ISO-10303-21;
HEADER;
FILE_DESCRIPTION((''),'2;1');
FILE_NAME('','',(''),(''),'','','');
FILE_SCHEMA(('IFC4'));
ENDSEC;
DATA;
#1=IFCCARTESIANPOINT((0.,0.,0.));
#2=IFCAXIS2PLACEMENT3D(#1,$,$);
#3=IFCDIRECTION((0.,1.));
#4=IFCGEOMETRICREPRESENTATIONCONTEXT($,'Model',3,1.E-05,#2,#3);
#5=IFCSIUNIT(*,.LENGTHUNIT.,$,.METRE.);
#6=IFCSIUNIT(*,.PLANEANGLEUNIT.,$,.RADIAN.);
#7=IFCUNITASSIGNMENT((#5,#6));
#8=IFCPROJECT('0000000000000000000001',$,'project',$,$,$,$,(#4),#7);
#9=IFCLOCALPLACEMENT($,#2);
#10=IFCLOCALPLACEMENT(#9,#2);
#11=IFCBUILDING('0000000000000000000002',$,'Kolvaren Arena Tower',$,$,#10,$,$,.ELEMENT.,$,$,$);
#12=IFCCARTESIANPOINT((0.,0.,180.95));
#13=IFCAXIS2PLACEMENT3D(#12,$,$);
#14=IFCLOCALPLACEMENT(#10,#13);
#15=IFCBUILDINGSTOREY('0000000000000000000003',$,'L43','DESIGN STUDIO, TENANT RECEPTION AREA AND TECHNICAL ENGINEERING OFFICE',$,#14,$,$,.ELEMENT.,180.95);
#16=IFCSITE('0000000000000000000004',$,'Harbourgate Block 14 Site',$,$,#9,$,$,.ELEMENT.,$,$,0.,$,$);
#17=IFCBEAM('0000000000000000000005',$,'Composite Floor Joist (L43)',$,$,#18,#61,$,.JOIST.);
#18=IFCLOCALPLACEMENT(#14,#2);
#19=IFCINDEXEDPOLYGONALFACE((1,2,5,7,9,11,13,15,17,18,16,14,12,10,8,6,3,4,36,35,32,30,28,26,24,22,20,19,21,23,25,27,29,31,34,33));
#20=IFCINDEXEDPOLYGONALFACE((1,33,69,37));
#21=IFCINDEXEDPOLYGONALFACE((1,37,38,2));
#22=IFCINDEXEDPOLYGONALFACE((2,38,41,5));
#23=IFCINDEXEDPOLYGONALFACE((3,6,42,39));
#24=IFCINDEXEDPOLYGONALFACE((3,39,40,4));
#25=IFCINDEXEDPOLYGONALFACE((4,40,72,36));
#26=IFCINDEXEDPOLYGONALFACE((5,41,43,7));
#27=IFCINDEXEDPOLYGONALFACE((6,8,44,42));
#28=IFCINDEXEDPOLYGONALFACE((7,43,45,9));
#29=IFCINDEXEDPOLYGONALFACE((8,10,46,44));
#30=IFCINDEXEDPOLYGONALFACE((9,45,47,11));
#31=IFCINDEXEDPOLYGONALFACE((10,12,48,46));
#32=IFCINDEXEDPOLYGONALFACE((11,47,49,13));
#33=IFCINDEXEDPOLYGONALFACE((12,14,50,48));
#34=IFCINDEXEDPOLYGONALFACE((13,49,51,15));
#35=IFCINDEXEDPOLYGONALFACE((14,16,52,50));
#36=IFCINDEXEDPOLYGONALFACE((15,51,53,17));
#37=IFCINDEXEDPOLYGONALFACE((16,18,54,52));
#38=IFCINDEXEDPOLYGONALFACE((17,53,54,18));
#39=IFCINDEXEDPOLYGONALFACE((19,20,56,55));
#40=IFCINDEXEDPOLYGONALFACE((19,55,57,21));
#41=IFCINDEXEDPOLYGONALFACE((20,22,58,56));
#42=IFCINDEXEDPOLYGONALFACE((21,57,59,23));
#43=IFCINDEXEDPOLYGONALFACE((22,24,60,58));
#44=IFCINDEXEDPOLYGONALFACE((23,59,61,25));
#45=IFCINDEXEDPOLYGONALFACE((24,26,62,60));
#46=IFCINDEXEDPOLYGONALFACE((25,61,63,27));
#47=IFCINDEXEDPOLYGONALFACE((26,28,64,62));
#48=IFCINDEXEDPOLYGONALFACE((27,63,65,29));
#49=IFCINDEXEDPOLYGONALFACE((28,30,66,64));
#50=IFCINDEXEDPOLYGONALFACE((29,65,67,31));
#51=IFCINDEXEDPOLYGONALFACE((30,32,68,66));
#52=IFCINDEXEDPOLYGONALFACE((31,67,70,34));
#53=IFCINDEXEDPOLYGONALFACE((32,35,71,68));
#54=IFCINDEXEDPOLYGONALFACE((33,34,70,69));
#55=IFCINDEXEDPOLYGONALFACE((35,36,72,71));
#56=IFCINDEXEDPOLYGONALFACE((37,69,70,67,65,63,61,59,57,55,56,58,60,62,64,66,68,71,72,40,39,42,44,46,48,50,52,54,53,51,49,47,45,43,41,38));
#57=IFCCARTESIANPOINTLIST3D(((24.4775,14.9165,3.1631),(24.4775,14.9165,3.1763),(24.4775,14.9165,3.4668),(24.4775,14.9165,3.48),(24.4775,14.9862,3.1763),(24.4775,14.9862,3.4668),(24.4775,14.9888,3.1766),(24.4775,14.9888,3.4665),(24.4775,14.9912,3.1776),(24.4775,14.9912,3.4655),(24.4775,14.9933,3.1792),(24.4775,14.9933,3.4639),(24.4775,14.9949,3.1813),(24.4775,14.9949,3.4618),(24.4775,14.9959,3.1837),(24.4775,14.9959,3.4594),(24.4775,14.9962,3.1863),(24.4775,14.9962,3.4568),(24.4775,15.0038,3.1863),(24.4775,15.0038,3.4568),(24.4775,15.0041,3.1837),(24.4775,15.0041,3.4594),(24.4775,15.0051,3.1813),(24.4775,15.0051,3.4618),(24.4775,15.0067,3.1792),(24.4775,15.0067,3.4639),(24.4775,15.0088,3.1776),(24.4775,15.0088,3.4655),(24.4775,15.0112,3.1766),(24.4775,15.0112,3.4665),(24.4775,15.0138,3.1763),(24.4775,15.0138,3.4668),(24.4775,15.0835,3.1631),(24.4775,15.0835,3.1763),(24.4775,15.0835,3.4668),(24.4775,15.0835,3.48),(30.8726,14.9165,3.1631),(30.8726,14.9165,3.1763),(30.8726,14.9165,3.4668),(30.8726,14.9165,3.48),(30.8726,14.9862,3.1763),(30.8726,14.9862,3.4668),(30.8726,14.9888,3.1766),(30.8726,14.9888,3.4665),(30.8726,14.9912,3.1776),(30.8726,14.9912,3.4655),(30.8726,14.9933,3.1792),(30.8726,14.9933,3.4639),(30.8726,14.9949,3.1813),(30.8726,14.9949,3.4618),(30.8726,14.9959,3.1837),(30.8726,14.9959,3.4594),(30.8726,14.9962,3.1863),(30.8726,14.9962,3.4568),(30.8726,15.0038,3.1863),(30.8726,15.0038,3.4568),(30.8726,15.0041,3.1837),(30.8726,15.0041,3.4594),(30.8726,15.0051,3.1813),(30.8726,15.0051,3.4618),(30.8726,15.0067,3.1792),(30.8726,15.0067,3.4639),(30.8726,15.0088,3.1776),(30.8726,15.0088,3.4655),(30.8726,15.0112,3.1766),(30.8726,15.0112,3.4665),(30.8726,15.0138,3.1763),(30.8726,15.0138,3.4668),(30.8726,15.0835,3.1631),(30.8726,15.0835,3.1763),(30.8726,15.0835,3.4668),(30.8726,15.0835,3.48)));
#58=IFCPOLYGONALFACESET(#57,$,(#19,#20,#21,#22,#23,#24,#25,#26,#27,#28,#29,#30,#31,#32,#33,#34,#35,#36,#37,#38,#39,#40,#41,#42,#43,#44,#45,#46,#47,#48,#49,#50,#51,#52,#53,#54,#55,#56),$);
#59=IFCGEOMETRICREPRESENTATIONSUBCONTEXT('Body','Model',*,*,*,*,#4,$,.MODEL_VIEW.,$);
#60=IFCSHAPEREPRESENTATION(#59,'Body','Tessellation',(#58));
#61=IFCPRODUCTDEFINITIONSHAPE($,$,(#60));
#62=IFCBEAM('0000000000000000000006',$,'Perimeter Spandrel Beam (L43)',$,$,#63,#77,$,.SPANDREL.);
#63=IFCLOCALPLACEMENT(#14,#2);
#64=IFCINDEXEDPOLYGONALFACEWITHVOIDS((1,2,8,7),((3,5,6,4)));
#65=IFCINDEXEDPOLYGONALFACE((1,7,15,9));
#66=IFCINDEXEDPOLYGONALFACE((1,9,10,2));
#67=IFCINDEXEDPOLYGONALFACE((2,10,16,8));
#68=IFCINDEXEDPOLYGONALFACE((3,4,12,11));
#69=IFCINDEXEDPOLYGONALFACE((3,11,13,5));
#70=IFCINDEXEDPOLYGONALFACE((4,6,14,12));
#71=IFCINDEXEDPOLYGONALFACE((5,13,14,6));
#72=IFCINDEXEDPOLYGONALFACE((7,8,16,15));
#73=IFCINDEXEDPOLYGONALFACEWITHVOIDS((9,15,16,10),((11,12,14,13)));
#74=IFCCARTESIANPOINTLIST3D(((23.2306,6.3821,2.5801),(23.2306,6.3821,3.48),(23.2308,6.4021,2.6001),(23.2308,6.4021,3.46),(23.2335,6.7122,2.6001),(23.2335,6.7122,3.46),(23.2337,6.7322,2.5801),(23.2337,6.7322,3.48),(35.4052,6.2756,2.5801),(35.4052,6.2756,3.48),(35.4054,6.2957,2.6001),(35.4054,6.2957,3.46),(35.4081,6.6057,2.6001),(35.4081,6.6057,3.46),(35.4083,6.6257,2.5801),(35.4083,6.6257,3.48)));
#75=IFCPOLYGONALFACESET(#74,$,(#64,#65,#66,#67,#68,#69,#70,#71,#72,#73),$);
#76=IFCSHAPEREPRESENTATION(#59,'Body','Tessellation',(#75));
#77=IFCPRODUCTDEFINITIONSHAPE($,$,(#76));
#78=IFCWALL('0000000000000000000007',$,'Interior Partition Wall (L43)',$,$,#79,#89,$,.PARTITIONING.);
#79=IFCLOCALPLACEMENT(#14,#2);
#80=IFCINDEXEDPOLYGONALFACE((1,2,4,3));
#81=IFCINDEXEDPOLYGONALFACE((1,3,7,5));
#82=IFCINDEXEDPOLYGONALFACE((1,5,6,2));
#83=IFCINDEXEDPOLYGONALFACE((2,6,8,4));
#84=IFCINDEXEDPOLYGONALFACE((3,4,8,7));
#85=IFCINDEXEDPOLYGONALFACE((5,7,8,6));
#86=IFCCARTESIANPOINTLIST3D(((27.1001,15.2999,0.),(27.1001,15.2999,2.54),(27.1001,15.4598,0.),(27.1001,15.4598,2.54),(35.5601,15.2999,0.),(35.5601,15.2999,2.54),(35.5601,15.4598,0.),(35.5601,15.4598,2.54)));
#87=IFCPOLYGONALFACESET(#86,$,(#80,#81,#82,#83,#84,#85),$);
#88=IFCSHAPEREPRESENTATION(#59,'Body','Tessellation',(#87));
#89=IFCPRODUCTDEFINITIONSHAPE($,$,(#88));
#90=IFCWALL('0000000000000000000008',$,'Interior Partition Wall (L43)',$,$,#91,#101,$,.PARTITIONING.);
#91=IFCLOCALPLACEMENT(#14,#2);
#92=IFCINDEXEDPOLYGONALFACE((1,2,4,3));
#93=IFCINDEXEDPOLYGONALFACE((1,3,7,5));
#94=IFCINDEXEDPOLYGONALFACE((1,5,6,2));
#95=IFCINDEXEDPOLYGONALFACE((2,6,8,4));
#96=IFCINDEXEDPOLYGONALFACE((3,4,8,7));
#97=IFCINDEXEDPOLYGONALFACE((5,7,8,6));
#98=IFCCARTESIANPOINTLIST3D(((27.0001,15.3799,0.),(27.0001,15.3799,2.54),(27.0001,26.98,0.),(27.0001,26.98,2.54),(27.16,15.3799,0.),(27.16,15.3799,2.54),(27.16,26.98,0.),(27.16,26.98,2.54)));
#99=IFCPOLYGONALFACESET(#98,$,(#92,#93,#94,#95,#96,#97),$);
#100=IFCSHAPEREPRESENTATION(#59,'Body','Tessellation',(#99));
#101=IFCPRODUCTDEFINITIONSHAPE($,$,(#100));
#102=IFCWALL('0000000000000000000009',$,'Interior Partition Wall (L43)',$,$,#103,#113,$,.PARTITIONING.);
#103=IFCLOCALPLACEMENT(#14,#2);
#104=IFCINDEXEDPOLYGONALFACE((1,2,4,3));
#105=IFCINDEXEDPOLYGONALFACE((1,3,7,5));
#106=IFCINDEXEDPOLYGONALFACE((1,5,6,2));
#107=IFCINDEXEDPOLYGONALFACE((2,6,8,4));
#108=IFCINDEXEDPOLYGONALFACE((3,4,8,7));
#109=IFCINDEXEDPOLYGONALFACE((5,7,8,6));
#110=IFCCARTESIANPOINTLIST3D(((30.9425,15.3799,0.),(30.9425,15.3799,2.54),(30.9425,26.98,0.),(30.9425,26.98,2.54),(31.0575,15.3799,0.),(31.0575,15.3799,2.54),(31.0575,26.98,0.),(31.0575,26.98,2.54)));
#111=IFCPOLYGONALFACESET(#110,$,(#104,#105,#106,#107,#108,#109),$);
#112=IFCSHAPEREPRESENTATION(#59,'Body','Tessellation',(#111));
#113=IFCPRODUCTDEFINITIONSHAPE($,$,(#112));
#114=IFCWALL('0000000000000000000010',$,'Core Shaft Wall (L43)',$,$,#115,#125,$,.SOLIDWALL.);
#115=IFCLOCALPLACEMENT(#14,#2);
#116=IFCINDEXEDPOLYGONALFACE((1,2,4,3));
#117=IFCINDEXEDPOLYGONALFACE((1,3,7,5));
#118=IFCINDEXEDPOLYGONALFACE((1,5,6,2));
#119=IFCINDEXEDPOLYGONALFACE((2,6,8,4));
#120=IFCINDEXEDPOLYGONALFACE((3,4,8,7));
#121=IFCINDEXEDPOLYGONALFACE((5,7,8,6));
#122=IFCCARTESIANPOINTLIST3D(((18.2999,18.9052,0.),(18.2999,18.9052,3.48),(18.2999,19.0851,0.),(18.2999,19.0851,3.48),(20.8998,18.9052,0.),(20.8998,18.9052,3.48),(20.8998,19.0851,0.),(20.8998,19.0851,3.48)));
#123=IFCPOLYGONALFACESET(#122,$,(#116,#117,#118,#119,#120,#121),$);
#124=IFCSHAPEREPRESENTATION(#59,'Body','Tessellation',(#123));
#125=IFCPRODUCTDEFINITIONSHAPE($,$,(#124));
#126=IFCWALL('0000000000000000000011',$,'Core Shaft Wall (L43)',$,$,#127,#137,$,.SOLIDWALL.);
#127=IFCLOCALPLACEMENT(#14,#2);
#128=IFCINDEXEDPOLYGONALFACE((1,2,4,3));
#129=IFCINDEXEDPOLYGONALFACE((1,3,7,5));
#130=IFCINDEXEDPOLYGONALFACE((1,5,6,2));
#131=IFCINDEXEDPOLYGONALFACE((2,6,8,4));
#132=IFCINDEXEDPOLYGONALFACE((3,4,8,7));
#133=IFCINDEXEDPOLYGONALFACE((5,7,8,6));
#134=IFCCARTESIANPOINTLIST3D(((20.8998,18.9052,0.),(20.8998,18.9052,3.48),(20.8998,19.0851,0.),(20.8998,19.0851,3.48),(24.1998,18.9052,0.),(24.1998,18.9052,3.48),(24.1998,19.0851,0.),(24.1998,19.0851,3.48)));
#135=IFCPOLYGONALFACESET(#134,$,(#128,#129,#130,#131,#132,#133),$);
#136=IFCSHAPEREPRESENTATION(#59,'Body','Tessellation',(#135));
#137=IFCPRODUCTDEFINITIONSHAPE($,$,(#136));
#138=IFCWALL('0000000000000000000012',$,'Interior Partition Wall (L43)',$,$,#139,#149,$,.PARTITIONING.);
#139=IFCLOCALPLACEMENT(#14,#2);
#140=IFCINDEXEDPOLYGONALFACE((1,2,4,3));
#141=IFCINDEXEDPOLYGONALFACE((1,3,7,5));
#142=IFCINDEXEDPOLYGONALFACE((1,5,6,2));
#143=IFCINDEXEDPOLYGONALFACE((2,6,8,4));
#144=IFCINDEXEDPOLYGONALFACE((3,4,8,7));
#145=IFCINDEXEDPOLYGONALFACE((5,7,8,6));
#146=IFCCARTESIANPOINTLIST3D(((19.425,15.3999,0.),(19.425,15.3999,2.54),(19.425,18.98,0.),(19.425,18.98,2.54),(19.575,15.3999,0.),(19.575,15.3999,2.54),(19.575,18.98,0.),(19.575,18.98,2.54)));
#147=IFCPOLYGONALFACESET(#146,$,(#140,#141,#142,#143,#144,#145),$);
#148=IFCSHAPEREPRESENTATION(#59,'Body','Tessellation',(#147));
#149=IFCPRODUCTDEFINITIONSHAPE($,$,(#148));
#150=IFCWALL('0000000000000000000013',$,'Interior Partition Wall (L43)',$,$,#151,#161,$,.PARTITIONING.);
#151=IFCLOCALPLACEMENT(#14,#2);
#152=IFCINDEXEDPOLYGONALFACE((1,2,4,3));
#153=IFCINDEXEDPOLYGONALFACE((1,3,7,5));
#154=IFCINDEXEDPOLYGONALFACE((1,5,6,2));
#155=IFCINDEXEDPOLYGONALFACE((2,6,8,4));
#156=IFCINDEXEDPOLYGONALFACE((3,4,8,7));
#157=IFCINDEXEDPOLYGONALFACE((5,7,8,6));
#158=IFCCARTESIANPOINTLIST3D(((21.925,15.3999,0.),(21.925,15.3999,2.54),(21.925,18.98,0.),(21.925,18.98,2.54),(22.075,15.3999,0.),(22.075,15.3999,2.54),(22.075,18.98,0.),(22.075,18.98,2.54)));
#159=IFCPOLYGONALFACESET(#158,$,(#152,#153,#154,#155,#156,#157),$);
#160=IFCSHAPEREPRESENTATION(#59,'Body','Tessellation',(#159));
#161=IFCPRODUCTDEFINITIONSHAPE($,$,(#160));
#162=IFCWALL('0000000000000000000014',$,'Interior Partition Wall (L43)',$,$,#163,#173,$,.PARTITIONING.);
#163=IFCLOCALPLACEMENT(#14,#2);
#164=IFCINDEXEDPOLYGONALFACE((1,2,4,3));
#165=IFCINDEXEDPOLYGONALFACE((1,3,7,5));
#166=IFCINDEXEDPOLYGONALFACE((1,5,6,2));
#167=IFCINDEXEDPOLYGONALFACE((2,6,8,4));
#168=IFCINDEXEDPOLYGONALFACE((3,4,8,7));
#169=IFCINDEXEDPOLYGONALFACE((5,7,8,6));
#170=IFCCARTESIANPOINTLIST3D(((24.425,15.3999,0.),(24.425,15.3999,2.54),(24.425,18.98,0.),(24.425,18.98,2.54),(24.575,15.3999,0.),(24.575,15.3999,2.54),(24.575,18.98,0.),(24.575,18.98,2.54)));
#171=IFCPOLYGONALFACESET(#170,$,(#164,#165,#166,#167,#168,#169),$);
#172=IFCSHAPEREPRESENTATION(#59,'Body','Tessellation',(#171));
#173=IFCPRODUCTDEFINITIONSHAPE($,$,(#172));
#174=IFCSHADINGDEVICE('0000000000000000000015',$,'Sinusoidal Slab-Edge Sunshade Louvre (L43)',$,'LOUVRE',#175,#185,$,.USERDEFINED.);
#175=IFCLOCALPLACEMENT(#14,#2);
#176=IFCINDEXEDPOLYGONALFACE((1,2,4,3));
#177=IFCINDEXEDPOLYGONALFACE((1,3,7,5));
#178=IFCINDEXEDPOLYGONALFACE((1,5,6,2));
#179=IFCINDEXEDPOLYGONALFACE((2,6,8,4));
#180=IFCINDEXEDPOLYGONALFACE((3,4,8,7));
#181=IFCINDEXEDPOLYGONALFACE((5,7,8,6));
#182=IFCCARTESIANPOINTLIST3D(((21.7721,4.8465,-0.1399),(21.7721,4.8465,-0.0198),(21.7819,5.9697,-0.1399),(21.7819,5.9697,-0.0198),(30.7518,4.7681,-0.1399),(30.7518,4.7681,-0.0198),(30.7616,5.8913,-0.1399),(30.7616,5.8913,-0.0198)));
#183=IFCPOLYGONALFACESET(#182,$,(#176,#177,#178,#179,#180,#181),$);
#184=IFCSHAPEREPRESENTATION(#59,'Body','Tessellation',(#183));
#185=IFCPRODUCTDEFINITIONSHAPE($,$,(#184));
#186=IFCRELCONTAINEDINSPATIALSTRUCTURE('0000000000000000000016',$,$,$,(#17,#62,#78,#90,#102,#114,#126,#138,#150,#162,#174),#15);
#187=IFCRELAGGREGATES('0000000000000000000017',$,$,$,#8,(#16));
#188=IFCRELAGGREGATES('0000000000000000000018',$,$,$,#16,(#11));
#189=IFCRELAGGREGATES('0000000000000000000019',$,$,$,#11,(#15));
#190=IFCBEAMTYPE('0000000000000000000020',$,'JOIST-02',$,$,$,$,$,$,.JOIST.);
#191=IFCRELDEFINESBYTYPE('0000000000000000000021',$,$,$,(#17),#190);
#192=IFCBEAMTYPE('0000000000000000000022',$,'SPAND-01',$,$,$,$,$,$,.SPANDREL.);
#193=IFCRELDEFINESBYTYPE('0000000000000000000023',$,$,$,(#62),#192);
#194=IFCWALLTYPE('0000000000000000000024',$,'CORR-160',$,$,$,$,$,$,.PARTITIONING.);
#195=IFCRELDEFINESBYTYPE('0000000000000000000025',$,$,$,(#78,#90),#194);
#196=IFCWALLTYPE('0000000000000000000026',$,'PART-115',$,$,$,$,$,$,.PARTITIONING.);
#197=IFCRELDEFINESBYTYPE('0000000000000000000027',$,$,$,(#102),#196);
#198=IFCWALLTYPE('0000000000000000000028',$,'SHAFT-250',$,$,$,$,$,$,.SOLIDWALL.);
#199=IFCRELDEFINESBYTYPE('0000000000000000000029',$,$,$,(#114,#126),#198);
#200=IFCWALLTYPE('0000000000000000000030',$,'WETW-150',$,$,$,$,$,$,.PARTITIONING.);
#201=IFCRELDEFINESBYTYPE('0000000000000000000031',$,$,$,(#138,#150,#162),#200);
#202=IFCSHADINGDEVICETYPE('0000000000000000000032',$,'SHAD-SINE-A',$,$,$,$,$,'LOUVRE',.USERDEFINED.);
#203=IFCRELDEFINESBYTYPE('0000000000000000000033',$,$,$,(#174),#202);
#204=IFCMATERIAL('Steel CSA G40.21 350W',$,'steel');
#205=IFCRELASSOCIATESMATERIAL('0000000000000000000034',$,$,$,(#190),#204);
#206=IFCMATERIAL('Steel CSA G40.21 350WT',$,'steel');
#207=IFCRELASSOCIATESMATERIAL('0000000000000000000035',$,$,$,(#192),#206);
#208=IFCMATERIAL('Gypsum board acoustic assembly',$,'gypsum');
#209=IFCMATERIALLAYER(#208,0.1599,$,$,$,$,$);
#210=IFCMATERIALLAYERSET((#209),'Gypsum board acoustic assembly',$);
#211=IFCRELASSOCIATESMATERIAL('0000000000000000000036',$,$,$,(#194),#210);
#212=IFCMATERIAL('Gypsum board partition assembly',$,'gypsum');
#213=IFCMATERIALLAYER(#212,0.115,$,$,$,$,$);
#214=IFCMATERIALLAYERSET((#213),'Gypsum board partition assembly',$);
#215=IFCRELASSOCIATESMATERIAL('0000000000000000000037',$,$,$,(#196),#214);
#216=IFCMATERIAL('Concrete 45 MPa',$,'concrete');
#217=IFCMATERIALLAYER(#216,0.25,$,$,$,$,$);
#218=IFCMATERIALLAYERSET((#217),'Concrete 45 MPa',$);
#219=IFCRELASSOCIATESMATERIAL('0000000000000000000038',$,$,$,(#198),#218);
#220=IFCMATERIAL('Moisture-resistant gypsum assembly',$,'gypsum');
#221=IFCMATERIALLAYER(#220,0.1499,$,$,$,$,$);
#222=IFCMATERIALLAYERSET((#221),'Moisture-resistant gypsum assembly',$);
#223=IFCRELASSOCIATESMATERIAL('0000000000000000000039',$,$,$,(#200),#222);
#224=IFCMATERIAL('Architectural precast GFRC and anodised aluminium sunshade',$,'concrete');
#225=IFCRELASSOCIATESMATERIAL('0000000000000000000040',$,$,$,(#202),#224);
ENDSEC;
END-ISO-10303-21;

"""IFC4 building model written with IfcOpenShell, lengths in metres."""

from ifc_helpers import new_model, si_unit, direction, frame, frame_2d, origin, origin_2d, place, context, subcontext, project, spatial, rectangle, hollow_rectangle, i_section, extrude, material, layer, layer_set, material_profile, profile_set, type_object, element, save


model = new_model("IFC4")

# Units and contexts
model_context = context("Model", 3, precision=1e-05, world=origin(), true_north=direction((0.0, 1.0)))
body_context = subcontext(model_context, "Body", "Model", "MODEL_VIEW")
ifc_project = project(units=[si_unit("LENGTHUNIT", "METRE"), si_unit("PLANEANGLEUNIT", "RADIAN")], contexts=[model_context])

# Site, building, storey
site_placement = place(None, origin())
site = spatial("IfcSite", under=ifc_project, at=site_placement, Name="Harbourgate Block 14 Site", CompositionType="ELEMENT", RefElevation=0.0)
building_placement = place(site_placement, origin())
building = spatial("IfcBuilding", under=site, at=building_placement, Name="Kolvaren Arena Tower", CompositionType="ELEMENT")
storey_placement = place(building_placement, frame((0.0, 0.0, 180.95)))
storey = spatial("IfcBuildingStorey", under=building, at=storey_placement, Name="L43", Description="DESIGN STUDIO, TENANT RECEPTION AREA AND TECHNICAL ENGINEERING OFFICE", CompositionType="ELEMENT", Elevation=180.95)

# Beams
ifc_material_1 = material(Name="Steel CSA G40.21 350W", Category="steel")
ifc_material_profile_1 = material_profile(ifc_material_1, i_section(OverallWidth=0.167, OverallDepth=0.3169, WebThickness=0.0076, FlangeThickness=0.0132, FilletRadius=0.01, at=origin_2d()), Name="W310x52")
ifc_profile_set_1 = profile_set([ifc_material_profile_1], Name="Steel CSA G40.21 350W")
beam_type_1 = type_object("IfcBeamType", Name="JOIST-02", PredefinedType="JOIST", material=ifc_profile_set_1)
beam_1_placement = place(storey_placement, frame((24.4775, 15.0, 3.3215), z_axis=(1.0, 0.0, 0.0), x_axis=(0.0, 1.0, 0.0)))
element("IfcBeam", 1, at=beam_1_placement, inside=storey, type_object=beam_type_1, Name="Composite Floor Joist (L43)", PredefinedType="JOIST", context=body_context, shape_type="SweptSolid", body=[
    extrude(i_section(OverallWidth=0.167, OverallDepth=0.3169, WebThickness=0.0076, FlangeThickness=0.0132, FilletRadius=0.01, at=origin_2d()), origin(), (0.0, 0.0, 1.0), 6.395),
])
ifc_material_2 = material(Name="Steel CSA G40.21 350WT", Category="steel")
ifc_material_profile_2 = material_profile(ifc_material_2, hollow_rectangle(XDim=0.3501, YDim=0.8999, WallThickness=0.02, at=origin_2d()), Name="HSS 900x350x20")
ifc_profile_set_2 = profile_set([ifc_material_profile_2], Name="Steel CSA G40.21 350WT")
beam_type_2 = type_object("IfcBeamType", Name="SPAND-01", PredefinedType="SPANDREL", material=ifc_profile_set_2)
beam_2_placement = place(storey_placement, frame((23.2322, 6.5571, 3.03), z_axis=(0.999962, -0.008743, 0.0), x_axis=(0.008743, 0.999962, 0.0)))
element("IfcBeam", 2, at=beam_2_placement, inside=storey, type_object=beam_type_2, Name="Perimeter Spandrel Beam (L43)", PredefinedType="SPANDREL", context=body_context, shape_type="SweptSolid", body=[
    extrude(hollow_rectangle(XDim=0.3501, YDim=0.8999, WallThickness=0.02, at=origin_2d()), origin(), (0.0, 0.0, 1.0), 12.175),
])

# Walls
ifc_material_3 = material(Name="Gypsum board acoustic assembly", Category="gypsum")
ifc_layer_1 = layer(ifc_material_3, 0.1599)
ifc_layer_set_1 = layer_set([ifc_layer_1], Name="Gypsum board acoustic assembly")
wall_type_1 = type_object("IfcWallType", Name="CORR-160", PredefinedType="PARTITIONING", material=ifc_layer_set_1)
wall_1_placement = place(storey_placement, frame((27.1001, 15.3799, 0.0), z_axis=(0.0, 0.0, 1.0), x_axis=(1.0, 0.0, 0.0)))
element("IfcWall", 3, at=wall_1_placement, inside=storey, type_object=wall_type_1, Name="Interior Partition Wall (L43)", PredefinedType="PARTITIONING", context=body_context, shape_type="SweptSolid", body=[
    extrude(rectangle(XDim=8.46, YDim=0.1599, at=frame_2d((4.23, 0.0))), origin(), (0.0, 0.0, 1.0), 2.54),
])
wall_2_placement = place(storey_placement, frame((27.0801, 15.3799, 0.0), z_axis=(0.0, 0.0, 1.0), x_axis=(0.0, 1.0, 0.0)))
element("IfcWall", 4, at=wall_2_placement, inside=storey, type_object=wall_type_1, Name="Interior Partition Wall (L43)", PredefinedType="PARTITIONING", context=body_context, shape_type="SweptSolid", body=[
    extrude(rectangle(XDim=11.6001, YDim=0.1599, at=frame_2d((5.8, 0.0))), origin(), (0.0, 0.0, 1.0), 2.54),
])
ifc_material_4 = material(Name="Gypsum board partition assembly", Category="gypsum")
ifc_layer_2 = layer(ifc_material_4, 0.115)
ifc_layer_set_2 = layer_set([ifc_layer_2], Name="Gypsum board partition assembly")
wall_type_2 = type_object("IfcWallType", Name="PART-115", PredefinedType="PARTITIONING", material=ifc_layer_set_2)
wall_3_placement = place(storey_placement, frame((31.0, 15.3799, 0.0), z_axis=(0.0, 0.0, 1.0), x_axis=(0.0, 1.0, 0.0)))
element("IfcWall", 5, at=wall_3_placement, inside=storey, type_object=wall_type_2, Name="Interior Partition Wall (L43)", PredefinedType="PARTITIONING", context=body_context, shape_type="SweptSolid", body=[
    extrude(rectangle(XDim=11.6001, YDim=0.115, at=frame_2d((5.8, 0.0))), origin(), (0.0, 0.0, 1.0), 2.54),
])
ifc_material_5 = material(Name="Concrete 45 MPa", Category="concrete")
ifc_layer_3 = layer(ifc_material_5, 0.25)
ifc_layer_set_3 = layer_set([ifc_layer_3], Name="Concrete 45 MPa")
wall_type_3 = type_object("IfcWallType", Name="SHAFT-250", PredefinedType="SOLIDWALL", material=ifc_layer_set_3)
wall_4_placement = place(storey_placement, frame((18.3, 18.9951, 0.0), z_axis=(0.0, 0.0, 1.0), x_axis=(1.0, 0.0, 0.0)))
element("IfcWall", 6, at=wall_4_placement, inside=storey, type_object=wall_type_3, Name="Core Shaft Wall (L43)", PredefinedType="SOLIDWALL", context=body_context, shape_type="SweptSolid", body=[
    extrude(rectangle(XDim=2.5999, YDim=0.1799, at=frame_2d((1.2998, 0.0))), origin(), (0.0, 0.0, 1.0), 3.48),
])
wall_5_placement = place(storey_placement, frame((20.8999, 18.9951, 0.0), z_axis=(0.0, 0.0, 1.0), x_axis=(1.0, 0.0, 0.0)))
element("IfcWall", 7, at=wall_5_placement, inside=storey, type_object=wall_type_3, Name="Core Shaft Wall (L43)", PredefinedType="SOLIDWALL", context=body_context, shape_type="SweptSolid", body=[
    extrude(rectangle(XDim=3.3, YDim=0.1799, at=frame_2d((1.6499, 0.0))), origin(), (0.0, 0.0, 1.0), 3.48),
])
ifc_material_6 = material(Name="Moisture-resistant gypsum assembly", Category="gypsum")
ifc_layer_4 = layer(ifc_material_6, 0.1499)
ifc_layer_set_4 = layer_set([ifc_layer_4], Name="Moisture-resistant gypsum assembly")
wall_type_4 = type_object("IfcWallType", Name="WETW-150", PredefinedType="PARTITIONING", material=ifc_layer_set_4)
for number, where, z_axis, x_axis, name in (
    (8, (19.5, 15.3999, 0.0), (0.0, 0.0, 1.0), (0.0, 1.0, 0.0), "Interior Partition Wall (L43)"),
    (9, (22.0, 15.3999, 0.0), (0.0, 0.0, 1.0), (0.0, 1.0, 0.0), "Interior Partition Wall (L43)"),
    (10, (24.5, 15.3999, 0.0), (0.0, 0.0, 1.0), (0.0, 1.0, 0.0), "Interior Partition Wall (L43)"),
):
    element("IfcWall", number, at=place(storey_placement, frame(where, z_axis=z_axis, x_axis=x_axis)), inside=storey, type_object=wall_type_4, Name=name, PredefinedType="PARTITIONING", context=body_context, shape_type="SweptSolid", body=[
        extrude(rectangle(XDim=3.5801, YDim=0.1499, at=frame_2d((1.79, 0.0))), origin(), (0.0, 0.0, 1.0), 2.54),
    ])

# Shading device
ifc_material_7 = material(Name="Architectural precast GFRC and anodised aluminium sunshade", Category="concrete")
shading_device_type = type_object("IfcShadingDeviceType", Name="SHAD-SINE-A", ElementType="LOUVRE", PredefinedType="USERDEFINED", material=ifc_material_7)
shading_device_placement = place(storey_placement, frame((26.2668, 5.3689, -0.1399), z_axis=(0.0, 0.0, 1.0), x_axis=(-0.999962, 0.008727, 0.0)))
element("IfcShadingDevice", 11, at=shading_device_placement, inside=storey, type_object=shading_device_type, Name="Sinusoidal Slab-Edge Sunshade Louvre (L43)", ObjectType="LOUVRE", PredefinedType="USERDEFINED", context=body_context, shape_type="SweptSolid", body=[
    extrude(rectangle(XDim=8.98, YDim=1.1233, at=origin_2d()), origin(), (0.0, 0.0, 1.0), 0.1201),
])

save(model, "model.ifc")
